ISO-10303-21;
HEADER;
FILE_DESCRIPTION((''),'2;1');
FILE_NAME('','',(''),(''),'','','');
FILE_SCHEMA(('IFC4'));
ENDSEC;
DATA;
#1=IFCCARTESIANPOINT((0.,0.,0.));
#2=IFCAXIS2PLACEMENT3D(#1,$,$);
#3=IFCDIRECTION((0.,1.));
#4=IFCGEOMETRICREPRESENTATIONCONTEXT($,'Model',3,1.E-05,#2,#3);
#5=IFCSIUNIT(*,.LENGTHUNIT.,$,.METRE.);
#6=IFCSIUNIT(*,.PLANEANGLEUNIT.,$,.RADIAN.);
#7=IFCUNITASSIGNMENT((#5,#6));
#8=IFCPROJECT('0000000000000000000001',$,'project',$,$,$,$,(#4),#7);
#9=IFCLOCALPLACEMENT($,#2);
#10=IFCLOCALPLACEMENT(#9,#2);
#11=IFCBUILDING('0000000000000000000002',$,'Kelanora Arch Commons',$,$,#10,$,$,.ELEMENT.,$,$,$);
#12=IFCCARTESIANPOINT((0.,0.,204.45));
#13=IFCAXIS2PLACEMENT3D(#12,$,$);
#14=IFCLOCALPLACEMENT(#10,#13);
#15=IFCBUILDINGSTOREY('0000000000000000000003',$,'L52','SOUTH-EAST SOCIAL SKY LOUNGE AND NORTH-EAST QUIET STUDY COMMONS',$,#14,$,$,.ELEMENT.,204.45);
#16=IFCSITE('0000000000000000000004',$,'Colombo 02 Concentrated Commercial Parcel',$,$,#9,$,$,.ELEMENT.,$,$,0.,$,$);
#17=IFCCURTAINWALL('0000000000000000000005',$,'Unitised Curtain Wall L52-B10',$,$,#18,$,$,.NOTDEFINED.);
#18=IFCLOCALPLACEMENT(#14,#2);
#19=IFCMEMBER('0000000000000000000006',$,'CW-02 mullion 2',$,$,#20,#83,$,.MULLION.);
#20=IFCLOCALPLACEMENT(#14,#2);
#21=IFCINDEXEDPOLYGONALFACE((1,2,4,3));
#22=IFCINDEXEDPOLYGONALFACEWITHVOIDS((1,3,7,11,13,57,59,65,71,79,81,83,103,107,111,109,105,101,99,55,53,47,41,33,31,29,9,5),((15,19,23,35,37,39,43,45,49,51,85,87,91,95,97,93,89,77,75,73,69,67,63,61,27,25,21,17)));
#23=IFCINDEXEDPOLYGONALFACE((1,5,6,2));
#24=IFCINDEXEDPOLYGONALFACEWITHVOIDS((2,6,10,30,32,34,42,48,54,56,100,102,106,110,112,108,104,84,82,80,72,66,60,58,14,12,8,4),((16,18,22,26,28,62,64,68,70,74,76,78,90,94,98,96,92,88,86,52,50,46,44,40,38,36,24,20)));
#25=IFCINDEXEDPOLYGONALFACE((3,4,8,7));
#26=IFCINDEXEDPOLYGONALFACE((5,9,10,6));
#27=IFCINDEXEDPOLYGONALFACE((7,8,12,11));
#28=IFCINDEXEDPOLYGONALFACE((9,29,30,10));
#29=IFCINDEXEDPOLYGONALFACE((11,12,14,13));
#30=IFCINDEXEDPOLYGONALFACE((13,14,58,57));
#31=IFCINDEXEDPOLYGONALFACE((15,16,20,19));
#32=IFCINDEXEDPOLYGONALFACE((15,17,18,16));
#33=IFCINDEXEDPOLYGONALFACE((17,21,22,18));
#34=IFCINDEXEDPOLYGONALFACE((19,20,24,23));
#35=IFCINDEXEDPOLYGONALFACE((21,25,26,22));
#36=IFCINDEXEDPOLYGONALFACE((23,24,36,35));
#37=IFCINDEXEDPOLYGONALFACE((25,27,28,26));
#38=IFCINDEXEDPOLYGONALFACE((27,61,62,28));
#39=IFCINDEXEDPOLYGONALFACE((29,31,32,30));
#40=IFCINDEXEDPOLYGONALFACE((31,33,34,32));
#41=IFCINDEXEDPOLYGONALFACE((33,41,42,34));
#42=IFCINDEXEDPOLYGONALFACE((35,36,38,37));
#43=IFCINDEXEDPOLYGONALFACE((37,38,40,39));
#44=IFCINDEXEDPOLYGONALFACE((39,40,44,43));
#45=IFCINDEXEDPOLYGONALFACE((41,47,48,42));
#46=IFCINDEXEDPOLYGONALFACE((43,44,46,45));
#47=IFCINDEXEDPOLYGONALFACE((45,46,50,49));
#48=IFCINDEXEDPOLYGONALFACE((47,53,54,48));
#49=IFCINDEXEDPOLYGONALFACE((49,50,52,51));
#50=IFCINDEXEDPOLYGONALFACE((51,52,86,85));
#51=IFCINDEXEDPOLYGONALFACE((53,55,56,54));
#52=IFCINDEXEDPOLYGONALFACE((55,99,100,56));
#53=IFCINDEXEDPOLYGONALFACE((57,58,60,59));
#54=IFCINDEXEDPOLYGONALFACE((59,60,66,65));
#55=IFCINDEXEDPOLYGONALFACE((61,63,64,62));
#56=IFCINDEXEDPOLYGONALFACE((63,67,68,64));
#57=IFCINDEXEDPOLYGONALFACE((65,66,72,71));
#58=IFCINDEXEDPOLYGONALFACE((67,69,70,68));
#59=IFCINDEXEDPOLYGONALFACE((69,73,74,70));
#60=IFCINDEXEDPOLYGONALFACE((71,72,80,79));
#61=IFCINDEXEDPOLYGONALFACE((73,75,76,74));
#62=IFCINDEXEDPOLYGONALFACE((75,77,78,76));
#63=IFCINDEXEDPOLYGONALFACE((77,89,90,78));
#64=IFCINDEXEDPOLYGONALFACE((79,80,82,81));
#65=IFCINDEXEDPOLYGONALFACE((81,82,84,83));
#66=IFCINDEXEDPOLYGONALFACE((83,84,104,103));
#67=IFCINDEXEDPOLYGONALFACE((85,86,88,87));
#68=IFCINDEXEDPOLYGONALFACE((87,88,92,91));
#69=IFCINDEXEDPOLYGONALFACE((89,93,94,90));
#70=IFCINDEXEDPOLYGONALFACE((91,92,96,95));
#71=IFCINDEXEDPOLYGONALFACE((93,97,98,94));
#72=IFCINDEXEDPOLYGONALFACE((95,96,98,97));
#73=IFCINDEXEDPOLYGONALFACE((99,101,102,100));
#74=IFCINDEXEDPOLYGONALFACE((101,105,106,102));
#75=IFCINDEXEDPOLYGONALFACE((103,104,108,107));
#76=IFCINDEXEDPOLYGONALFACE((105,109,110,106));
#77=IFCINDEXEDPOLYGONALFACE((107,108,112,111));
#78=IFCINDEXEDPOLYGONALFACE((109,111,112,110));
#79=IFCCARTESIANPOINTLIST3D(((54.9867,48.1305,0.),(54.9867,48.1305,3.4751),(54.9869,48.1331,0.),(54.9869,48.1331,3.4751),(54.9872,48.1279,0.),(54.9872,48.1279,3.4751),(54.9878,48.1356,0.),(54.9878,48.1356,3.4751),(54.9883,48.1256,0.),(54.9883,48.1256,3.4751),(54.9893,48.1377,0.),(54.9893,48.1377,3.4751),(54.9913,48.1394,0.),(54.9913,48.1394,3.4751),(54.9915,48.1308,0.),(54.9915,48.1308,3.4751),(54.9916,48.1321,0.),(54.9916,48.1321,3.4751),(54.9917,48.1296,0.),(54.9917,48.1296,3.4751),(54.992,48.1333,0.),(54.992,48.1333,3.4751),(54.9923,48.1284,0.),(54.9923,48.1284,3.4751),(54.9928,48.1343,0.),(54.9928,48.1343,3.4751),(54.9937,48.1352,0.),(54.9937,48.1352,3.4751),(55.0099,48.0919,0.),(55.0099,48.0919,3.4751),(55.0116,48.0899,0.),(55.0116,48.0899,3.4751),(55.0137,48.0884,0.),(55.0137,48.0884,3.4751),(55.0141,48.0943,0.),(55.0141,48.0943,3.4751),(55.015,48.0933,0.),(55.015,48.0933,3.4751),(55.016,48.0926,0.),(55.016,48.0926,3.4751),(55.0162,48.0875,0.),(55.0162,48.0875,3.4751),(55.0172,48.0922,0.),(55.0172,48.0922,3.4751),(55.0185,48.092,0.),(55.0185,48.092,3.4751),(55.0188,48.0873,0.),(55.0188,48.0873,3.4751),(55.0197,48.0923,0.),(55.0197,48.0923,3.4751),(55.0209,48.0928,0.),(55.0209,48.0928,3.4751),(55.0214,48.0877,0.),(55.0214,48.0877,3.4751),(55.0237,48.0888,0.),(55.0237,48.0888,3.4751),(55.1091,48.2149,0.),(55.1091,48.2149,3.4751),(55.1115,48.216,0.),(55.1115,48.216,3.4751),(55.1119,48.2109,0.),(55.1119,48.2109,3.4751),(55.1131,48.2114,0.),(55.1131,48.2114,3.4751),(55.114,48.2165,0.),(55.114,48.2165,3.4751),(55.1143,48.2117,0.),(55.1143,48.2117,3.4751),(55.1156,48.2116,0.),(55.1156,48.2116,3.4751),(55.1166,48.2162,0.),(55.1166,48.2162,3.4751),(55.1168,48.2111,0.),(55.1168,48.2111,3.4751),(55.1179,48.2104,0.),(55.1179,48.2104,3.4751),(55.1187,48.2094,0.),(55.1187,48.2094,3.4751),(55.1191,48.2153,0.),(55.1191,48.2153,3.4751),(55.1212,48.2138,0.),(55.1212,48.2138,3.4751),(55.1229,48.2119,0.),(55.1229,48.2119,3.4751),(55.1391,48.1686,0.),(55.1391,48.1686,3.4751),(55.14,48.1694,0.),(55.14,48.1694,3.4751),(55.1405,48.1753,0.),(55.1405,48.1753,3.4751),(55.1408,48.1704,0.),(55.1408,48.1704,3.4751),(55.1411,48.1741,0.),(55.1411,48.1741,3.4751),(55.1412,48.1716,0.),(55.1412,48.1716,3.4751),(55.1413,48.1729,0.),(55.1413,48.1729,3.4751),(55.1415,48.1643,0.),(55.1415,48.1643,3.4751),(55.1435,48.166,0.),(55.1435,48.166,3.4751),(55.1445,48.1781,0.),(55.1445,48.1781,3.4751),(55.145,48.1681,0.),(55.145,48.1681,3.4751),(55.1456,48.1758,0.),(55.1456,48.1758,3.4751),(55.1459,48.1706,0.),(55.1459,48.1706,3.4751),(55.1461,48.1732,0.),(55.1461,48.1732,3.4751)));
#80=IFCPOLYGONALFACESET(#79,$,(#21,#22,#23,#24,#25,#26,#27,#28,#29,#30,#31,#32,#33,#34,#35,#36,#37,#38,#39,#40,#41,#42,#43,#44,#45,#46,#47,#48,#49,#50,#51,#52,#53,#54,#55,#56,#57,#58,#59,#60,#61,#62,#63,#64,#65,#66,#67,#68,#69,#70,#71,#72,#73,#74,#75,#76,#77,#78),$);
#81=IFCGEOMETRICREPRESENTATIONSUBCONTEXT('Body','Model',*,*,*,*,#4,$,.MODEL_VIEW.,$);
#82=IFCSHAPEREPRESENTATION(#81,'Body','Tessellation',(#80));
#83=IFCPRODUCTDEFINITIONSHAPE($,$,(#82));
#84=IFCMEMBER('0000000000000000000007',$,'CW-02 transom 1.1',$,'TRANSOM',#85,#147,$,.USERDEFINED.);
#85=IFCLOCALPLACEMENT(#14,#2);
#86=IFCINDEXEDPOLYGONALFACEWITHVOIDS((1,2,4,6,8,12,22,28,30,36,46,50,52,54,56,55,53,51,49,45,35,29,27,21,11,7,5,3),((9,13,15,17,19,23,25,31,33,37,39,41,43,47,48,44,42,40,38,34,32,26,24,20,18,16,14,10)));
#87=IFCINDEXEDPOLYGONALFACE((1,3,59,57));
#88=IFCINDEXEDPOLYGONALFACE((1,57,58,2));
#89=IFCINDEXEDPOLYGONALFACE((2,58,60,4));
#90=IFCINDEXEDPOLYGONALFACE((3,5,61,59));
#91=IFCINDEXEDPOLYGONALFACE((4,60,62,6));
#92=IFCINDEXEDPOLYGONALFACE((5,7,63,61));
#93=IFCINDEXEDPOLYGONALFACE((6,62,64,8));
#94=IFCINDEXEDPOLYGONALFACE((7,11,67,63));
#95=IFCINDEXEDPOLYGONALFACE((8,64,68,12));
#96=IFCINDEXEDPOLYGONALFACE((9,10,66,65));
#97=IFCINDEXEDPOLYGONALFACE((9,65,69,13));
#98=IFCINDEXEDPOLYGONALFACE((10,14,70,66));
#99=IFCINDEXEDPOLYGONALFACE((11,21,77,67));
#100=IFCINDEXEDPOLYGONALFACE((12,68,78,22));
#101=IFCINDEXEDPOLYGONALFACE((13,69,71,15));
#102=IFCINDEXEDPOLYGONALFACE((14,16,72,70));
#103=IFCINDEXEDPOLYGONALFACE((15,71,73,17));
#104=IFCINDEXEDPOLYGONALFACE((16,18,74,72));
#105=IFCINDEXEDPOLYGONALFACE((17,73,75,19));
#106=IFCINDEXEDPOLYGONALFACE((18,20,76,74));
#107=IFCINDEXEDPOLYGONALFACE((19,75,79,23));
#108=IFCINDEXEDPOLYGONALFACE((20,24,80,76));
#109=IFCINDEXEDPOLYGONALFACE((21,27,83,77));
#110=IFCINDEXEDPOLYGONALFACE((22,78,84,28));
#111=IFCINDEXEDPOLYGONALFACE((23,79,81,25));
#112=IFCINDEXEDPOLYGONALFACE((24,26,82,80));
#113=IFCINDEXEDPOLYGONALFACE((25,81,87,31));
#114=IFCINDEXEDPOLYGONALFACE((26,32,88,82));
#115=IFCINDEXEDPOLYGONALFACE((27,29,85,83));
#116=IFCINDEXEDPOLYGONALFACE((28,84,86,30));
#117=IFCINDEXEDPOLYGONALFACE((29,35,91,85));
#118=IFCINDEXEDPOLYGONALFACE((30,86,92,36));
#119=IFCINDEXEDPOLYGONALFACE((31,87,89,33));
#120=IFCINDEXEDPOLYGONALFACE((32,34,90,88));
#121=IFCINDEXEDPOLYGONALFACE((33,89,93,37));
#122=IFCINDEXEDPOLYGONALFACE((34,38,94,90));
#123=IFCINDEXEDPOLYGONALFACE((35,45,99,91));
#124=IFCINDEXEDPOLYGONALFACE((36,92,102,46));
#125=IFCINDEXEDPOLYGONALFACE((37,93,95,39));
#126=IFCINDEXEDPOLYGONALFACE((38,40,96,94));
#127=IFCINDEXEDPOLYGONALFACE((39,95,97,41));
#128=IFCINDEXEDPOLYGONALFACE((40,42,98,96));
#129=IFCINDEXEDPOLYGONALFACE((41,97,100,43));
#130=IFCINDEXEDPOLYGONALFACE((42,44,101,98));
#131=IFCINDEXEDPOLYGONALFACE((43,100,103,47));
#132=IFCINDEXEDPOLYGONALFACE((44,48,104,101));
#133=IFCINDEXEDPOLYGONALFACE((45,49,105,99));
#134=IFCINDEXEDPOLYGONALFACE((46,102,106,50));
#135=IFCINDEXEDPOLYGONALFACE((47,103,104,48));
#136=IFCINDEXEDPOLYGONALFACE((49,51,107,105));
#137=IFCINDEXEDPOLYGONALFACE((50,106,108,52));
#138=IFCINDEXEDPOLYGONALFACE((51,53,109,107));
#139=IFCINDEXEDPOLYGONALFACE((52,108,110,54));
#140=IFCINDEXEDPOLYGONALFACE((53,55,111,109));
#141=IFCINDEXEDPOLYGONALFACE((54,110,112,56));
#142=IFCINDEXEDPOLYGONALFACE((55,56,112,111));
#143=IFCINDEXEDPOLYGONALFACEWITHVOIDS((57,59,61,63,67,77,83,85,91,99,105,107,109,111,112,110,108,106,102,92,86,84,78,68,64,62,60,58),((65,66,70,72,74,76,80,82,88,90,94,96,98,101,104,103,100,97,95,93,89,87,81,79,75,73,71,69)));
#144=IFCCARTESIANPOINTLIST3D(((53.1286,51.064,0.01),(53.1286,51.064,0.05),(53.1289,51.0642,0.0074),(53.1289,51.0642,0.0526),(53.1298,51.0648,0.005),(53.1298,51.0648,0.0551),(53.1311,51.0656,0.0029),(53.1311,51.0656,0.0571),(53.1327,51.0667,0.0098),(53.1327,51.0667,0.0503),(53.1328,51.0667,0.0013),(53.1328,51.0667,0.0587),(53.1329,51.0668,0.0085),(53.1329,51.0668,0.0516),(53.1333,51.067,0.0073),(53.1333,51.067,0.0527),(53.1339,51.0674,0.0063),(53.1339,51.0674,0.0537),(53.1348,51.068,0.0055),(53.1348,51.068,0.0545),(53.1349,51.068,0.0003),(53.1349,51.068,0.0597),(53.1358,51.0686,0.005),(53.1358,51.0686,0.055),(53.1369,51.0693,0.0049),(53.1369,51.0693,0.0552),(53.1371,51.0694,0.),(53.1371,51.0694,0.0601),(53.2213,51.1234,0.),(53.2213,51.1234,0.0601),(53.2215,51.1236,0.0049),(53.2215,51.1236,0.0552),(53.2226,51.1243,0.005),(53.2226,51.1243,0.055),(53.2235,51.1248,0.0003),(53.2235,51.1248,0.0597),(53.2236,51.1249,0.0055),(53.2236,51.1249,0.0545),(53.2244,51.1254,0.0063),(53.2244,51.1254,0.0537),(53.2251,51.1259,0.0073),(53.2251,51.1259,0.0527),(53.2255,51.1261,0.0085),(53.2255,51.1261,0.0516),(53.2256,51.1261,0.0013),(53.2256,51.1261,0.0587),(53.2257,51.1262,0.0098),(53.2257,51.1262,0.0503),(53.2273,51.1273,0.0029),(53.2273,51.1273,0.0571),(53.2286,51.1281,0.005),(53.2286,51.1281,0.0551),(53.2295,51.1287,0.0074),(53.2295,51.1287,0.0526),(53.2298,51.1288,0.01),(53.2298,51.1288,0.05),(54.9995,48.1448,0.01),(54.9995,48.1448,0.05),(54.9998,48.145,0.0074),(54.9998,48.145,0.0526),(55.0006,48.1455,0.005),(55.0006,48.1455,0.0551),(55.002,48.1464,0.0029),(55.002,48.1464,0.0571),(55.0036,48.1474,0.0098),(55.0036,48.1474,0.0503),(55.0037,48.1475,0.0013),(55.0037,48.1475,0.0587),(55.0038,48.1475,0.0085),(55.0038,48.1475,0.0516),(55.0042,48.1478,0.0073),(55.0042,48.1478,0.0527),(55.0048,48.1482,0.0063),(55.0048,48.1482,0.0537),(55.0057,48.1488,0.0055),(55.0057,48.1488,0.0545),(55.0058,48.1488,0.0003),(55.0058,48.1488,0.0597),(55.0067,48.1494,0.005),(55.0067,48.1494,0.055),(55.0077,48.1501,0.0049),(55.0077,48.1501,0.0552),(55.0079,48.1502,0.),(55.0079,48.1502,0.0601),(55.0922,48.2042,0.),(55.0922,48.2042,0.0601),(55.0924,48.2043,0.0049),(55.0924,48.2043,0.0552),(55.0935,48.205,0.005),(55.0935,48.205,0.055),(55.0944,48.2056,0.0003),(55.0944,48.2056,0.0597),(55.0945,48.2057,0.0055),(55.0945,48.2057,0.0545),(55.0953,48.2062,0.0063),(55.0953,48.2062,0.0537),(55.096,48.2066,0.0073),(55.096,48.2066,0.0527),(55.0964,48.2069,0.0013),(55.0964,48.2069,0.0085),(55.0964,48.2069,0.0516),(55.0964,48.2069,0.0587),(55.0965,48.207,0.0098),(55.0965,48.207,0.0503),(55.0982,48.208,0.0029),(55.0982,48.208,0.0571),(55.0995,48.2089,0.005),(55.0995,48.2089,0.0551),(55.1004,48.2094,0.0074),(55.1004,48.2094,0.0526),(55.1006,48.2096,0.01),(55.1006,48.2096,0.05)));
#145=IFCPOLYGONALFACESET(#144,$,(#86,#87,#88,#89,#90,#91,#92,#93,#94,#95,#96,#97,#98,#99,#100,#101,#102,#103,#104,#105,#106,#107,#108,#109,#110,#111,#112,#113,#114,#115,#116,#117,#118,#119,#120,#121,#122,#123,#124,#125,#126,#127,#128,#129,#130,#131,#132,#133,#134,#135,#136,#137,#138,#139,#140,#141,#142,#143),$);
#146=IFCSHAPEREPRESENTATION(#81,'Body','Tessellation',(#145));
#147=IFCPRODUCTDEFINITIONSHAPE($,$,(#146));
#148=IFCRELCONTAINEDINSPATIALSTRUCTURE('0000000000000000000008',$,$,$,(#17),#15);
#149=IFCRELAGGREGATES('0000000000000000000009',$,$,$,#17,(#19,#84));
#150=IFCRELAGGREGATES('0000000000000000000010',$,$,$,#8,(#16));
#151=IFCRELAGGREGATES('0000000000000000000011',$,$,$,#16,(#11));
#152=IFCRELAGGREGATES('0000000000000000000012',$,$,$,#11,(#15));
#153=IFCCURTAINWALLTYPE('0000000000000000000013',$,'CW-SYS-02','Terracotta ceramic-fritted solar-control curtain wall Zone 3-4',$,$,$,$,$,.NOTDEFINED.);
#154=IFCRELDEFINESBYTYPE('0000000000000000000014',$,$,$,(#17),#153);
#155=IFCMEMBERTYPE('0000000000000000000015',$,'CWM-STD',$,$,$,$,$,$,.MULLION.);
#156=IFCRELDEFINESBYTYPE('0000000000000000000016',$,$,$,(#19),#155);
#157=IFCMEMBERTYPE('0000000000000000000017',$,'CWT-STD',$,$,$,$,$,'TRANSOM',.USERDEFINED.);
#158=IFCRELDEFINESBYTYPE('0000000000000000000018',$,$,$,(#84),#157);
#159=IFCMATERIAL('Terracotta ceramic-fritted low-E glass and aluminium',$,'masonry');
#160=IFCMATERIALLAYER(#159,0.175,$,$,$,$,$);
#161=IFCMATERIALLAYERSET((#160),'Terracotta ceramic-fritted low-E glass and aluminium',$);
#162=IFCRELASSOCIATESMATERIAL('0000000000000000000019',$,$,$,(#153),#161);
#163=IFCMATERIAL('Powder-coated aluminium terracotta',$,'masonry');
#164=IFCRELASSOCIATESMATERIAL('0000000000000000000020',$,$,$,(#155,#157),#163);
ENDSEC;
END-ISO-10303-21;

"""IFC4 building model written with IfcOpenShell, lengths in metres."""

from ifc_helpers import new_model, si_unit, direction, frame, origin, origin_2d, place, context, subcontext, project, spatial, hollow_rectangle, extrude, material, layer, layer_set, material_profile, profile_set, type_object, element, aggregate, save


model = new_model("IFC4")

# Units and contexts
model_context = context("Model", 3, precision=1e-05, world=origin(), true_north=direction((0.0, 1.0)))
body_context = subcontext(model_context, "Body", "Model", "MODEL_VIEW")
ifc_project = project(units=[si_unit("LENGTHUNIT", "METRE"), si_unit("PLANEANGLEUNIT", "RADIAN")], contexts=[model_context])

# Site, building, storey
site_placement = place(None, origin())
site = spatial("IfcSite", under=ifc_project, at=site_placement, Name="Colombo 02 Concentrated Commercial Parcel", CompositionType="ELEMENT", RefElevation=0.0)
building_placement = place(site_placement, origin())
building = spatial("IfcBuilding", under=site, at=building_placement, Name="Kelanora Arch Commons", CompositionType="ELEMENT")
storey_placement = place(building_placement, frame((0.0, 0.0, 204.45)))
storey = spatial("IfcBuildingStorey", under=building, at=storey_placement, Name="L52", Description="SOUTH-EAST SOCIAL SKY LOUNGE AND NORTH-EAST QUIET STUDY COMMONS", CompositionType="ELEMENT", Elevation=204.45)

# Shared definitions
ifc_material_1 = material(Name="Terracotta ceramic-fritted low-E glass and aluminium", Category="masonry")
ifc_layer_1 = layer(ifc_material_1, 0.175)
ifc_layer_set_1 = layer_set([ifc_layer_1], Name="Terracotta ceramic-fritted low-E glass and aluminium")
curtain_wall_type = type_object("IfcCurtainWallType", Name="CW-SYS-02", Description="Terracotta ceramic-fritted solar-control curtain wall Zone 3-4", PredefinedType="NOTDEFINED", material=ifc_layer_set_1)
ifc_material_2 = material(Name="Powder-coated aluminium terracotta", Category="masonry")
ifc_material_profile_1 = material_profile(ifc_material_2, hollow_rectangle(XDim=0.1599, YDim=0.0601, WallThickness=0.0049, InnerFilletRadius=0.0049, OuterFilletRadius=0.01, at=origin_2d()), Name="CWM160x60")
ifc_profile_set_1 = profile_set([ifc_material_profile_1], Name="Powder-coated aluminium terracotta")
member_type_1 = type_object("IfcMemberType", Name="CWM-STD", PredefinedType="MULLION", material=ifc_profile_set_1)

# Curtain wall, members
curtain_wall_1_placement = place(storey_placement, origin())
curtain_wall_1 = element("IfcCurtainWall", 1, at=curtain_wall_1_placement, inside=storey, type_object=curtain_wall_type, Name="Unitised Curtain Wall L52-B10", PredefinedType="NOTDEFINED")
member_1_placement = place(storey_placement, frame((55.0664, 48.1519, 0.0), z_axis=(0.0, 0.0, 1.0), x_axis=(0.841948, 0.539559, 0.0)))
member_1 = element("IfcMember", 2, at=member_1_placement, type_object=member_type_1, Name="CW-02 mullion 2", PredefinedType="MULLION", context=body_context, shape_type="SweptSolid", body=[
    extrude(hollow_rectangle(XDim=0.1599, YDim=0.0601, WallThickness=0.0049, InnerFilletRadius=0.0049, OuterFilletRadius=0.01, at=origin_2d()), origin(), (0.0, 0.0, 1.0), 3.4751),
])
ifc_material_profile_2 = material_profile(ifc_material_2, hollow_rectangle(XDim=0.1201, YDim=0.0601, WallThickness=0.0049, InnerFilletRadius=0.0049, OuterFilletRadius=0.01, at=origin_2d()), Name="CWT120x60")
ifc_profile_set_2 = profile_set([ifc_material_profile_2], Name="Powder-coated aluminium terracotta")
member_type_2 = type_object("IfcMemberType", Name="CWT-STD", ElementType="TRANSOM", PredefinedType="USERDEFINED", material=ifc_profile_set_2)
member_2_placement = place(storey_placement, frame((53.1792, 51.0964, 0.03), z_axis=(0.539579, -0.841935, 0.0), x_axis=(0.841935, 0.539579, 0.0)))
member_2 = element("IfcMember", 3, at=member_2_placement, type_object=member_type_2, Name="CW-02 transom 1.1", ObjectType="TRANSOM", PredefinedType="USERDEFINED", context=body_context, shape_type="SweptSolid", body=[
    extrude(hollow_rectangle(XDim=0.1201, YDim=0.0601, WallThickness=0.0049, InnerFilletRadius=0.0049, OuterFilletRadius=0.01, at=origin_2d()), origin(), (0.0, 0.0, 1.0), 3.4673),
])

aggregate(curtain_wall_1, [member_1, member_2])

save(model, "model.ifc")
